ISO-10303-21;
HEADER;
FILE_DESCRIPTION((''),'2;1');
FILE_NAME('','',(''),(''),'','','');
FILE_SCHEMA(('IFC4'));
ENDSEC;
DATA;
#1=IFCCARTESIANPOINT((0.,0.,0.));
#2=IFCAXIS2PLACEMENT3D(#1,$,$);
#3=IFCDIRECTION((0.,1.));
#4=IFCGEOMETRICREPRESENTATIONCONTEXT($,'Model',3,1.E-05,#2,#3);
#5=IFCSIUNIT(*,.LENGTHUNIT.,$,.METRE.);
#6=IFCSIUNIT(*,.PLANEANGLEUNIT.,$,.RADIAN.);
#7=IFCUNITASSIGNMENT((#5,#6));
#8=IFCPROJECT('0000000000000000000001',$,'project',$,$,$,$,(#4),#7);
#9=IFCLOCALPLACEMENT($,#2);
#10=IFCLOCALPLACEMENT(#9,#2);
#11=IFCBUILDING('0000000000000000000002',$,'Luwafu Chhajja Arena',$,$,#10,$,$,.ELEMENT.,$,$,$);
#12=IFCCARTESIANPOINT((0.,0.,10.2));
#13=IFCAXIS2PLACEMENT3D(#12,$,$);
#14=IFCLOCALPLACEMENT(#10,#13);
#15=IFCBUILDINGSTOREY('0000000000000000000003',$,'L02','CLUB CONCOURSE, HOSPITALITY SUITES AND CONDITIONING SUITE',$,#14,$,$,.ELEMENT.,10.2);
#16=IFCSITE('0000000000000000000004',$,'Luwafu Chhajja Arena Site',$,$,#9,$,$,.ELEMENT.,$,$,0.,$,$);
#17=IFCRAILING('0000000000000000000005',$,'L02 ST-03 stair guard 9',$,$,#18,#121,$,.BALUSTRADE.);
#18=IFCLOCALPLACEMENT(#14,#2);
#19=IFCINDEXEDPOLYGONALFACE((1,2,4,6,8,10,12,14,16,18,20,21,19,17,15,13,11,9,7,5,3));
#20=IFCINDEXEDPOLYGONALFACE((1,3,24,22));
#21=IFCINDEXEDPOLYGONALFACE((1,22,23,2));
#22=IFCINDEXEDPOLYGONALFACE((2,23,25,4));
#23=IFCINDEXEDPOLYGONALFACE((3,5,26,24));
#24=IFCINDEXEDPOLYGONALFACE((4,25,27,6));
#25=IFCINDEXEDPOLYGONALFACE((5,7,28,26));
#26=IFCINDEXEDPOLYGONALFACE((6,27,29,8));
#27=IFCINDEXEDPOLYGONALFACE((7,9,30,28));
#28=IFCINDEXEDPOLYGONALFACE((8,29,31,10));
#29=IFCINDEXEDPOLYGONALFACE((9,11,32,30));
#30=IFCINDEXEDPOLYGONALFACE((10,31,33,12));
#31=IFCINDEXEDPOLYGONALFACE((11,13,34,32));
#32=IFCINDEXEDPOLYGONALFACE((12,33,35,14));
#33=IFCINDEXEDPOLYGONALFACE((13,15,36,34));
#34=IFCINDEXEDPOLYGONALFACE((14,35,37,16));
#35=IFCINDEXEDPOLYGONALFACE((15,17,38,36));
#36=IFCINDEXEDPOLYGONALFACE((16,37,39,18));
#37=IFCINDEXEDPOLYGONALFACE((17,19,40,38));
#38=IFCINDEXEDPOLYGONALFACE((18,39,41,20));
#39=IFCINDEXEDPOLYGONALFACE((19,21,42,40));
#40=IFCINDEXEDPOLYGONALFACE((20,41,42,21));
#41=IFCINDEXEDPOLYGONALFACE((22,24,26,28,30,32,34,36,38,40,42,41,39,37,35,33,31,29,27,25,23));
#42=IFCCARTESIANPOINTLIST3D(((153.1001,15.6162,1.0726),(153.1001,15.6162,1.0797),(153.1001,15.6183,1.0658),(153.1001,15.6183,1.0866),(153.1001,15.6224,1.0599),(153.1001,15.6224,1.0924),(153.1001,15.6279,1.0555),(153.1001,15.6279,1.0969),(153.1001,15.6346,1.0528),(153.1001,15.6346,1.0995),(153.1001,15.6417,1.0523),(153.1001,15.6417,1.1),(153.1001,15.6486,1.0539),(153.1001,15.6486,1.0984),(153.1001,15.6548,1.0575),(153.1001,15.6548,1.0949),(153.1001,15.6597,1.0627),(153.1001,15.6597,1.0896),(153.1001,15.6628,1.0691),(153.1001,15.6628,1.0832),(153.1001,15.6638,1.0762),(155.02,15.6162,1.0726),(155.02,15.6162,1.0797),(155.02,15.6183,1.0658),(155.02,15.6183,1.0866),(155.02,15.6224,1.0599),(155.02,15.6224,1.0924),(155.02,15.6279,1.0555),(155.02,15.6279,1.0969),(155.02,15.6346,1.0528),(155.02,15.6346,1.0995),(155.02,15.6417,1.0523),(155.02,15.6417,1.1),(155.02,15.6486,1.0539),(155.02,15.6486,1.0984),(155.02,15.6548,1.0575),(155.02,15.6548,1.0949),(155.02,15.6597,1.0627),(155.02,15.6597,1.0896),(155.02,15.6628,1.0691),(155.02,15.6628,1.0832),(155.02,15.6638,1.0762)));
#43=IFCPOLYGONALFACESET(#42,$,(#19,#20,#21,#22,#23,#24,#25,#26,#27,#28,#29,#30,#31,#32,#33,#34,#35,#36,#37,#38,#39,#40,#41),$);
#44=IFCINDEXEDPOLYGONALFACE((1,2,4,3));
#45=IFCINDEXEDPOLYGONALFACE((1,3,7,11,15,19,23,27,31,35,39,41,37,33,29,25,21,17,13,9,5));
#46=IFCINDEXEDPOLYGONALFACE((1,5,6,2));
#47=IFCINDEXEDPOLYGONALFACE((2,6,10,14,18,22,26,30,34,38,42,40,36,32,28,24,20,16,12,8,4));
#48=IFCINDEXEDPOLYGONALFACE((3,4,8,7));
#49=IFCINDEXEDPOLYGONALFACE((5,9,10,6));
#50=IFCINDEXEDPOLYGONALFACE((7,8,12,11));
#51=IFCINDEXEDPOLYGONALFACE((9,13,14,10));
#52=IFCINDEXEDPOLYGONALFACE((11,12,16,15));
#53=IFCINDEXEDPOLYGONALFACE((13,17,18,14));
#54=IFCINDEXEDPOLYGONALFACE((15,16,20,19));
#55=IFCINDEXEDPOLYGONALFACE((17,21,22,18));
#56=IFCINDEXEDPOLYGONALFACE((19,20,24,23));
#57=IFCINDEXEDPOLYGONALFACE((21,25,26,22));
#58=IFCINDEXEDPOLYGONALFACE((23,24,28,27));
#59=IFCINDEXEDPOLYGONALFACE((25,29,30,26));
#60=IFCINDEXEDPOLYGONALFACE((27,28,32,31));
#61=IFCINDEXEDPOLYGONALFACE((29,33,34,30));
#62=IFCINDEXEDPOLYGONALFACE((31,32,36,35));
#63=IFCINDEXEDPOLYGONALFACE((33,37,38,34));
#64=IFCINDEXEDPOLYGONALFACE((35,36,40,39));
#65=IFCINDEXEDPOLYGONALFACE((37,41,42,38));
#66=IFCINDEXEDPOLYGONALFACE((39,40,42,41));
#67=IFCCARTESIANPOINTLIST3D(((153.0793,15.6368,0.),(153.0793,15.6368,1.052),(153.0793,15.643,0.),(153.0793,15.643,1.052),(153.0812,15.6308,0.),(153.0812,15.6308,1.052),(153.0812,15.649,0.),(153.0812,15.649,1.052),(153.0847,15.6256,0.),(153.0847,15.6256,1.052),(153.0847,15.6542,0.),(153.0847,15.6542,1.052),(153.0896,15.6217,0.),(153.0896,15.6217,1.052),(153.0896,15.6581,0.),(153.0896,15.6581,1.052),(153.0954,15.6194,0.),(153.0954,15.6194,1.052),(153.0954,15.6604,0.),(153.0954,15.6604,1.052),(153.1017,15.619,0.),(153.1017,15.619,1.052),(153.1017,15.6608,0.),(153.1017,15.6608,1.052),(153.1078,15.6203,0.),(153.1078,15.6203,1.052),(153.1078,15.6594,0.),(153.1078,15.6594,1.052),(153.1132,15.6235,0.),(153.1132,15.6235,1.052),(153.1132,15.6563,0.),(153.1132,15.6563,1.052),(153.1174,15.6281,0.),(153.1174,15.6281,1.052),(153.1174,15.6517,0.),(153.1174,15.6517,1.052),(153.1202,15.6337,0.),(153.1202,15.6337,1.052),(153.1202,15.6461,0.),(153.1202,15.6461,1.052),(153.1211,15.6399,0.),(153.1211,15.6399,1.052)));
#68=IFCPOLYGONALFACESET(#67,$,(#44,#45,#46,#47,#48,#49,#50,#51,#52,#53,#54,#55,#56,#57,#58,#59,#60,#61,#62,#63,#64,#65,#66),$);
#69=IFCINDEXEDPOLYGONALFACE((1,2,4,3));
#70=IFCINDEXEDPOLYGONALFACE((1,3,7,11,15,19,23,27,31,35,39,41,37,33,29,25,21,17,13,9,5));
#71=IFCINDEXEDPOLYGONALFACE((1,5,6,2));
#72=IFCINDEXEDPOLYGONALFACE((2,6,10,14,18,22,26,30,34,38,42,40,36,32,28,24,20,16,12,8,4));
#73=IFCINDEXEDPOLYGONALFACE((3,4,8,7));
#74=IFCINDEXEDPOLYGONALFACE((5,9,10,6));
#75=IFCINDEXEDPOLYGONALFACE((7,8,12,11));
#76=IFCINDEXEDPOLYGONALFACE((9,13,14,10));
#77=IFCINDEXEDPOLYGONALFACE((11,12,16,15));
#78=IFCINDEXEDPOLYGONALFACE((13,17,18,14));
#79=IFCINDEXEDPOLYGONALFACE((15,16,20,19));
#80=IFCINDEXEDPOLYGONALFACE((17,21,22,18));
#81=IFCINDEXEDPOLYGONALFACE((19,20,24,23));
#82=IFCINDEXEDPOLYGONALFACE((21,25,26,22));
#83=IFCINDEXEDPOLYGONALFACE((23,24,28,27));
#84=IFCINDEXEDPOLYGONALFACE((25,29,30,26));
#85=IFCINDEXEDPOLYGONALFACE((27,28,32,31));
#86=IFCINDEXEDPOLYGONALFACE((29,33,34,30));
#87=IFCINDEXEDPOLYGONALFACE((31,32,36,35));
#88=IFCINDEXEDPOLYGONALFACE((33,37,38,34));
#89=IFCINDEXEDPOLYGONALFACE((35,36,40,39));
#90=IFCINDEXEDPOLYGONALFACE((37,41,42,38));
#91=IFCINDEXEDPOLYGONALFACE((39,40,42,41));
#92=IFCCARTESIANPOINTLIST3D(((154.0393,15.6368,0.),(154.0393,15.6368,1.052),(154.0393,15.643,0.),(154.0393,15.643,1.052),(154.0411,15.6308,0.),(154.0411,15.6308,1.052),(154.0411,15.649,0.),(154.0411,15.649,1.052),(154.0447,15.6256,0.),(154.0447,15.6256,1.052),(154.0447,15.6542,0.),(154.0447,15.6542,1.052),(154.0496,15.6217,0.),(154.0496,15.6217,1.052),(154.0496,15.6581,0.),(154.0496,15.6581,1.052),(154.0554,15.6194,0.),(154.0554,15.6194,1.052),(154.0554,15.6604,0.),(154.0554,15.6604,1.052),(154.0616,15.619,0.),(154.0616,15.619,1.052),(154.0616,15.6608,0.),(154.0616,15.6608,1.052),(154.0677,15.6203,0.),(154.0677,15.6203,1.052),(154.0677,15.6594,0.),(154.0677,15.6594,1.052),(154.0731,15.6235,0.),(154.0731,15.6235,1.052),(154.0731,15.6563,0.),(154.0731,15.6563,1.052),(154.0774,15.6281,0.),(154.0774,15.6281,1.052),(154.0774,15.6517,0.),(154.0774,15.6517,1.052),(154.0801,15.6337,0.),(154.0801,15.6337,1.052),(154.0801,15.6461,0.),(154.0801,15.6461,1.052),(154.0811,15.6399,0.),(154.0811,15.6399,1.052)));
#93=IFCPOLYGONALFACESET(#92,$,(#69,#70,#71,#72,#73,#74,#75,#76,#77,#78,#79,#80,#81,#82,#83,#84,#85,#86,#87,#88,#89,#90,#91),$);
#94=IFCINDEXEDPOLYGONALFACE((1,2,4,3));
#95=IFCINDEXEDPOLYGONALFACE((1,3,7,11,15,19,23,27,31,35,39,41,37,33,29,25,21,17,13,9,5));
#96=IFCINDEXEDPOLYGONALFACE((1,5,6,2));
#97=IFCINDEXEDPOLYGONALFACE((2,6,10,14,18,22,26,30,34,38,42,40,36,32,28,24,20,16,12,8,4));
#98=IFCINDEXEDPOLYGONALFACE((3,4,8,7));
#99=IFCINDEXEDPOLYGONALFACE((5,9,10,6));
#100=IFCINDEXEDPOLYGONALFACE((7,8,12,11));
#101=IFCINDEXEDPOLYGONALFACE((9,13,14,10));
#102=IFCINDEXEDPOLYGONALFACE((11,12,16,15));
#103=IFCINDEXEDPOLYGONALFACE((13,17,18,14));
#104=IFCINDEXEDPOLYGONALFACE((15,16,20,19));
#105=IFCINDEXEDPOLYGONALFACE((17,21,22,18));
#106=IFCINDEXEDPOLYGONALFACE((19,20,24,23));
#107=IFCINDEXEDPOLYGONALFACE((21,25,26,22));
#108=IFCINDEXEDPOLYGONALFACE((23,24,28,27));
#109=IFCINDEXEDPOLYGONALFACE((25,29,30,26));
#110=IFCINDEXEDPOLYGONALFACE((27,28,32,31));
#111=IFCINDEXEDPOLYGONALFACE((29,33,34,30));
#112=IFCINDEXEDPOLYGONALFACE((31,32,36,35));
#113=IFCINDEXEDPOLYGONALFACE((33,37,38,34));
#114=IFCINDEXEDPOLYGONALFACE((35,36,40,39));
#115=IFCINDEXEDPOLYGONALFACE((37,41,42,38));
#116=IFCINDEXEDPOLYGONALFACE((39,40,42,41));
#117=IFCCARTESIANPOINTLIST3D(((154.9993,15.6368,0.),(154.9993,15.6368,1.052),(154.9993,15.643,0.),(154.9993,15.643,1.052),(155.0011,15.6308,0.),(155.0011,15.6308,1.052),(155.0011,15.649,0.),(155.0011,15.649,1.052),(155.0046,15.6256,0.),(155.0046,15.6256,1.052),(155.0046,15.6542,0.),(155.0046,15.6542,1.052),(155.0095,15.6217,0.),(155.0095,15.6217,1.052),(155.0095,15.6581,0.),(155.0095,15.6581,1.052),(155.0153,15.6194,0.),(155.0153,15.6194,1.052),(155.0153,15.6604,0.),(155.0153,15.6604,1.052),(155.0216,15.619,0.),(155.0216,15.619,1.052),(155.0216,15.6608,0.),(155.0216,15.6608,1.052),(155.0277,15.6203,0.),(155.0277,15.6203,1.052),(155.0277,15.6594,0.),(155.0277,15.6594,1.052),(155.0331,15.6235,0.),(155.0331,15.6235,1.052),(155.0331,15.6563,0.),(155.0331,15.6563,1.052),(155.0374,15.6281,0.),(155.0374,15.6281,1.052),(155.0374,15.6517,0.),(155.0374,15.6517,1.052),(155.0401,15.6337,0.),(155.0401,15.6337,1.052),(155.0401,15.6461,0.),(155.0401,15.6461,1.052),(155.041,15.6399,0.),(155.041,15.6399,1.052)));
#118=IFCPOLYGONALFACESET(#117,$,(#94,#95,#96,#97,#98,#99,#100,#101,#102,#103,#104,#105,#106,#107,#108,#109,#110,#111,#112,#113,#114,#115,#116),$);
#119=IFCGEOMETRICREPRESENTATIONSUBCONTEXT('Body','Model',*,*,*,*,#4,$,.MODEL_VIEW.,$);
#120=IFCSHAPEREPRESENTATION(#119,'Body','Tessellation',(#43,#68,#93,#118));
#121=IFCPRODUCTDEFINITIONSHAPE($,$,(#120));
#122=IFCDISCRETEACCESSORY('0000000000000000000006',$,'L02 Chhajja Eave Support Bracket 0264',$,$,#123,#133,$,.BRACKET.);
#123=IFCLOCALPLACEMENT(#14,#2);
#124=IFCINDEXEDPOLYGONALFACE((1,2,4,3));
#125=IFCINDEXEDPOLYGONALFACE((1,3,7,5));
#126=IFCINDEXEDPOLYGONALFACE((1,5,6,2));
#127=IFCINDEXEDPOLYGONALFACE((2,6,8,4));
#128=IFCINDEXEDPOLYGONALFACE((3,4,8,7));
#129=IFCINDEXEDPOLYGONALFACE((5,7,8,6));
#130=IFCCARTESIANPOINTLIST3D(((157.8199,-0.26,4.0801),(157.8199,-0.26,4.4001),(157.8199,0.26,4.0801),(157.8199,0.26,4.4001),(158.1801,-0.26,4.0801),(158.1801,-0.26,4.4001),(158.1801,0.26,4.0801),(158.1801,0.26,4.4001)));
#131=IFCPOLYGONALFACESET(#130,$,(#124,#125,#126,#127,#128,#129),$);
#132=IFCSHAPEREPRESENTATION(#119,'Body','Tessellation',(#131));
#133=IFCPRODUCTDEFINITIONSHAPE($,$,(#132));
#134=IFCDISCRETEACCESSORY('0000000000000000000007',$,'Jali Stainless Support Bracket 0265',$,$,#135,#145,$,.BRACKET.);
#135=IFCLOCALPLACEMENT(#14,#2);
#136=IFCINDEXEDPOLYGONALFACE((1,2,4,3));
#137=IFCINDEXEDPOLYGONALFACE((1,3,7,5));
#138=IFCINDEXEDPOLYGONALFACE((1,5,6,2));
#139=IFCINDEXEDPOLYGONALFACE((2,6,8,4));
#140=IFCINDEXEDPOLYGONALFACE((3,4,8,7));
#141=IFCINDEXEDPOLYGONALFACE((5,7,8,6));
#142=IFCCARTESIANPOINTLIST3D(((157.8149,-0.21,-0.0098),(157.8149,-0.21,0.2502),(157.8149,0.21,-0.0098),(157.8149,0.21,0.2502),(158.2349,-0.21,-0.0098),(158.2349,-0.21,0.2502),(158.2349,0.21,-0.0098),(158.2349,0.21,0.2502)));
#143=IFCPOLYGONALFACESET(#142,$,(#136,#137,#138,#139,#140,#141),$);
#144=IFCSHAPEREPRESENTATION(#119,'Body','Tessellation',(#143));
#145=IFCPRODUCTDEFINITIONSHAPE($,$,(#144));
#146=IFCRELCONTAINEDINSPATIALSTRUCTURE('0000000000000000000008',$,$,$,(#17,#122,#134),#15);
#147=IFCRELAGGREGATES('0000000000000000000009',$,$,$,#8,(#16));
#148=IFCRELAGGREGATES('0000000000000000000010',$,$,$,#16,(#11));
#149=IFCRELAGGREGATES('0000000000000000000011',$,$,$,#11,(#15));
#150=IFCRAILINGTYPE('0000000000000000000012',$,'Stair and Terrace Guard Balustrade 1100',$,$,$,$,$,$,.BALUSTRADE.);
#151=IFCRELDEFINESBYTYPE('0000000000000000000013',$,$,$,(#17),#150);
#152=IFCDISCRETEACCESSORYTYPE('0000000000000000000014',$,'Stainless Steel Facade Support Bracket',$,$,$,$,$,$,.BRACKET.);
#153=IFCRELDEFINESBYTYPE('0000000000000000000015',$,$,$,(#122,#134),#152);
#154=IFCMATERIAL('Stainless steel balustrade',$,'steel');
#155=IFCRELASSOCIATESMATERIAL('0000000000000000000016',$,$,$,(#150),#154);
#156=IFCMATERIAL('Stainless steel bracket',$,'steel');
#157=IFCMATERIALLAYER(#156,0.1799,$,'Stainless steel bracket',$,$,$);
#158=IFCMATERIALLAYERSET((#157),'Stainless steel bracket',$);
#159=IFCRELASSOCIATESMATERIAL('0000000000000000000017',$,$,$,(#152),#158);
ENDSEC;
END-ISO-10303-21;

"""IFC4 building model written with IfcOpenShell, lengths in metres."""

from ifc_helpers import new_model, si_unit, direction, frame, origin, origin_2d, place, context, subcontext, project, spatial, rectangle, circle, extrude, material, layer, layer_set, type_object, element, save


model = new_model("IFC4")

# Units and contexts
model_context = context("Model", 3, precision=1e-05, world=origin(), true_north=direction((0.0, 1.0)))
body_context = subcontext(model_context, "Body", "Model", "MODEL_VIEW")
ifc_project = project(units=[si_unit("LENGTHUNIT", "METRE"), si_unit("PLANEANGLEUNIT", "RADIAN")], contexts=[model_context])

# Site, building, storey
site_placement = place(None, origin())
site = spatial("IfcSite", under=ifc_project, at=site_placement, Name="Luwafu Chhajja Arena Site", CompositionType="ELEMENT", RefElevation=0.0)
building_placement = place(site_placement, origin())
building = spatial("IfcBuilding", under=site, at=building_placement, Name="Luwafu Chhajja Arena", CompositionType="ELEMENT")
storey_placement = place(building_placement, frame((0.0, 0.0, 10.2)))
storey = spatial("IfcBuildingStorey", under=building, at=storey_placement, Name="L02", Description="CLUB CONCOURSE, HOSPITALITY SUITES AND CONDITIONING SUITE", CompositionType="ELEMENT", Elevation=10.2)

# Railing
ifc_material_1 = material(Name="Stainless steel balustrade", Category="steel")
railing_type_1 = type_object("IfcRailingType", Name="Stair and Terrace Guard Balustrade 1100", PredefinedType="BALUSTRADE", material=ifc_material_1)
for number, where, name in (
    (1, (153.1001, 15.6399, 0.0), "L02 ST-03 stair guard 9"),
):
    element("IfcRailing", number, at=place(storey_placement, frame(where)), inside=storey, type_object=railing_type_1, Name=name, PredefinedType="BALUSTRADE", context=body_context, shape_type="SweptSolid", body=[
        extrude(circle(Radius=0.0239, at=origin_2d()), frame((0.0, 0.0, 1.0762), z_axis=(1.0, 0.0, 0.0), x_axis=(0.0, 1.0, 0.0)), (0.0, 0.0, 1.0), 1.9199),
        extrude(circle(Radius=0.021, at=origin_2d()), origin(), (0.0, 0.0, 1.0), 1.052),
        extrude(circle(Radius=0.021, at=origin_2d()), frame((0.96, 0.0, 0.0)), (0.0, 0.0, 1.0), 1.052),
        extrude(circle(Radius=0.021, at=origin_2d()), frame((1.9199, 0.0, 0.0)), (0.0, 0.0, 1.0), 1.052),
    ])

# Discrete accessories
ifc_material_2 = material(Name="Stainless steel bracket", Category="steel")
ifc_layer_1 = layer(ifc_material_2, 0.1799, Name="Stainless steel bracket")
ifc_layer_set_1 = layer_set([ifc_layer_1], Name="Stainless steel bracket")
discrete_accessory_type = type_object("IfcDiscreteAccessoryType", Name="Stainless Steel Facade Support Bracket", PredefinedType="BRACKET", material=ifc_layer_set_1)
discrete_accessory_1_placement = place(storey_placement, frame((158.0, 0.0, 4.0801), z_axis=(0.0, 0.0, 1.0), x_axis=(1.0, 0.0, 0.0)))
element("IfcDiscreteAccessory", 2, at=discrete_accessory_1_placement, inside=storey, type_object=discrete_accessory_type, Name="L02 Chhajja Eave Support Bracket 0264", PredefinedType="BRACKET", context=body_context, shape_type="SweptSolid", body=[
    extrude(rectangle(XDim=0.3601, YDim=0.52, at=origin_2d()), origin(), (0.0, 0.0, 1.0), 0.3201),
])
discrete_accessory_2_placement = place(storey_placement, frame((158.0249, 0.0, -0.0098), z_axis=(0.0, 0.0, 1.0), x_axis=(1.0, 0.0, 0.0)))
element("IfcDiscreteAccessory", 3, at=discrete_accessory_2_placement, inside=storey, type_object=discrete_accessory_type, Name="Jali Stainless Support Bracket 0265", PredefinedType="BRACKET", context=body_context, shape_type="SweptSolid", body=[
    extrude(rectangle(XDim=0.4199, YDim=0.4199, at=origin_2d()), origin(), (0.0, 0.0, 1.0), 0.26),
])

save(model, "model.ifc")
